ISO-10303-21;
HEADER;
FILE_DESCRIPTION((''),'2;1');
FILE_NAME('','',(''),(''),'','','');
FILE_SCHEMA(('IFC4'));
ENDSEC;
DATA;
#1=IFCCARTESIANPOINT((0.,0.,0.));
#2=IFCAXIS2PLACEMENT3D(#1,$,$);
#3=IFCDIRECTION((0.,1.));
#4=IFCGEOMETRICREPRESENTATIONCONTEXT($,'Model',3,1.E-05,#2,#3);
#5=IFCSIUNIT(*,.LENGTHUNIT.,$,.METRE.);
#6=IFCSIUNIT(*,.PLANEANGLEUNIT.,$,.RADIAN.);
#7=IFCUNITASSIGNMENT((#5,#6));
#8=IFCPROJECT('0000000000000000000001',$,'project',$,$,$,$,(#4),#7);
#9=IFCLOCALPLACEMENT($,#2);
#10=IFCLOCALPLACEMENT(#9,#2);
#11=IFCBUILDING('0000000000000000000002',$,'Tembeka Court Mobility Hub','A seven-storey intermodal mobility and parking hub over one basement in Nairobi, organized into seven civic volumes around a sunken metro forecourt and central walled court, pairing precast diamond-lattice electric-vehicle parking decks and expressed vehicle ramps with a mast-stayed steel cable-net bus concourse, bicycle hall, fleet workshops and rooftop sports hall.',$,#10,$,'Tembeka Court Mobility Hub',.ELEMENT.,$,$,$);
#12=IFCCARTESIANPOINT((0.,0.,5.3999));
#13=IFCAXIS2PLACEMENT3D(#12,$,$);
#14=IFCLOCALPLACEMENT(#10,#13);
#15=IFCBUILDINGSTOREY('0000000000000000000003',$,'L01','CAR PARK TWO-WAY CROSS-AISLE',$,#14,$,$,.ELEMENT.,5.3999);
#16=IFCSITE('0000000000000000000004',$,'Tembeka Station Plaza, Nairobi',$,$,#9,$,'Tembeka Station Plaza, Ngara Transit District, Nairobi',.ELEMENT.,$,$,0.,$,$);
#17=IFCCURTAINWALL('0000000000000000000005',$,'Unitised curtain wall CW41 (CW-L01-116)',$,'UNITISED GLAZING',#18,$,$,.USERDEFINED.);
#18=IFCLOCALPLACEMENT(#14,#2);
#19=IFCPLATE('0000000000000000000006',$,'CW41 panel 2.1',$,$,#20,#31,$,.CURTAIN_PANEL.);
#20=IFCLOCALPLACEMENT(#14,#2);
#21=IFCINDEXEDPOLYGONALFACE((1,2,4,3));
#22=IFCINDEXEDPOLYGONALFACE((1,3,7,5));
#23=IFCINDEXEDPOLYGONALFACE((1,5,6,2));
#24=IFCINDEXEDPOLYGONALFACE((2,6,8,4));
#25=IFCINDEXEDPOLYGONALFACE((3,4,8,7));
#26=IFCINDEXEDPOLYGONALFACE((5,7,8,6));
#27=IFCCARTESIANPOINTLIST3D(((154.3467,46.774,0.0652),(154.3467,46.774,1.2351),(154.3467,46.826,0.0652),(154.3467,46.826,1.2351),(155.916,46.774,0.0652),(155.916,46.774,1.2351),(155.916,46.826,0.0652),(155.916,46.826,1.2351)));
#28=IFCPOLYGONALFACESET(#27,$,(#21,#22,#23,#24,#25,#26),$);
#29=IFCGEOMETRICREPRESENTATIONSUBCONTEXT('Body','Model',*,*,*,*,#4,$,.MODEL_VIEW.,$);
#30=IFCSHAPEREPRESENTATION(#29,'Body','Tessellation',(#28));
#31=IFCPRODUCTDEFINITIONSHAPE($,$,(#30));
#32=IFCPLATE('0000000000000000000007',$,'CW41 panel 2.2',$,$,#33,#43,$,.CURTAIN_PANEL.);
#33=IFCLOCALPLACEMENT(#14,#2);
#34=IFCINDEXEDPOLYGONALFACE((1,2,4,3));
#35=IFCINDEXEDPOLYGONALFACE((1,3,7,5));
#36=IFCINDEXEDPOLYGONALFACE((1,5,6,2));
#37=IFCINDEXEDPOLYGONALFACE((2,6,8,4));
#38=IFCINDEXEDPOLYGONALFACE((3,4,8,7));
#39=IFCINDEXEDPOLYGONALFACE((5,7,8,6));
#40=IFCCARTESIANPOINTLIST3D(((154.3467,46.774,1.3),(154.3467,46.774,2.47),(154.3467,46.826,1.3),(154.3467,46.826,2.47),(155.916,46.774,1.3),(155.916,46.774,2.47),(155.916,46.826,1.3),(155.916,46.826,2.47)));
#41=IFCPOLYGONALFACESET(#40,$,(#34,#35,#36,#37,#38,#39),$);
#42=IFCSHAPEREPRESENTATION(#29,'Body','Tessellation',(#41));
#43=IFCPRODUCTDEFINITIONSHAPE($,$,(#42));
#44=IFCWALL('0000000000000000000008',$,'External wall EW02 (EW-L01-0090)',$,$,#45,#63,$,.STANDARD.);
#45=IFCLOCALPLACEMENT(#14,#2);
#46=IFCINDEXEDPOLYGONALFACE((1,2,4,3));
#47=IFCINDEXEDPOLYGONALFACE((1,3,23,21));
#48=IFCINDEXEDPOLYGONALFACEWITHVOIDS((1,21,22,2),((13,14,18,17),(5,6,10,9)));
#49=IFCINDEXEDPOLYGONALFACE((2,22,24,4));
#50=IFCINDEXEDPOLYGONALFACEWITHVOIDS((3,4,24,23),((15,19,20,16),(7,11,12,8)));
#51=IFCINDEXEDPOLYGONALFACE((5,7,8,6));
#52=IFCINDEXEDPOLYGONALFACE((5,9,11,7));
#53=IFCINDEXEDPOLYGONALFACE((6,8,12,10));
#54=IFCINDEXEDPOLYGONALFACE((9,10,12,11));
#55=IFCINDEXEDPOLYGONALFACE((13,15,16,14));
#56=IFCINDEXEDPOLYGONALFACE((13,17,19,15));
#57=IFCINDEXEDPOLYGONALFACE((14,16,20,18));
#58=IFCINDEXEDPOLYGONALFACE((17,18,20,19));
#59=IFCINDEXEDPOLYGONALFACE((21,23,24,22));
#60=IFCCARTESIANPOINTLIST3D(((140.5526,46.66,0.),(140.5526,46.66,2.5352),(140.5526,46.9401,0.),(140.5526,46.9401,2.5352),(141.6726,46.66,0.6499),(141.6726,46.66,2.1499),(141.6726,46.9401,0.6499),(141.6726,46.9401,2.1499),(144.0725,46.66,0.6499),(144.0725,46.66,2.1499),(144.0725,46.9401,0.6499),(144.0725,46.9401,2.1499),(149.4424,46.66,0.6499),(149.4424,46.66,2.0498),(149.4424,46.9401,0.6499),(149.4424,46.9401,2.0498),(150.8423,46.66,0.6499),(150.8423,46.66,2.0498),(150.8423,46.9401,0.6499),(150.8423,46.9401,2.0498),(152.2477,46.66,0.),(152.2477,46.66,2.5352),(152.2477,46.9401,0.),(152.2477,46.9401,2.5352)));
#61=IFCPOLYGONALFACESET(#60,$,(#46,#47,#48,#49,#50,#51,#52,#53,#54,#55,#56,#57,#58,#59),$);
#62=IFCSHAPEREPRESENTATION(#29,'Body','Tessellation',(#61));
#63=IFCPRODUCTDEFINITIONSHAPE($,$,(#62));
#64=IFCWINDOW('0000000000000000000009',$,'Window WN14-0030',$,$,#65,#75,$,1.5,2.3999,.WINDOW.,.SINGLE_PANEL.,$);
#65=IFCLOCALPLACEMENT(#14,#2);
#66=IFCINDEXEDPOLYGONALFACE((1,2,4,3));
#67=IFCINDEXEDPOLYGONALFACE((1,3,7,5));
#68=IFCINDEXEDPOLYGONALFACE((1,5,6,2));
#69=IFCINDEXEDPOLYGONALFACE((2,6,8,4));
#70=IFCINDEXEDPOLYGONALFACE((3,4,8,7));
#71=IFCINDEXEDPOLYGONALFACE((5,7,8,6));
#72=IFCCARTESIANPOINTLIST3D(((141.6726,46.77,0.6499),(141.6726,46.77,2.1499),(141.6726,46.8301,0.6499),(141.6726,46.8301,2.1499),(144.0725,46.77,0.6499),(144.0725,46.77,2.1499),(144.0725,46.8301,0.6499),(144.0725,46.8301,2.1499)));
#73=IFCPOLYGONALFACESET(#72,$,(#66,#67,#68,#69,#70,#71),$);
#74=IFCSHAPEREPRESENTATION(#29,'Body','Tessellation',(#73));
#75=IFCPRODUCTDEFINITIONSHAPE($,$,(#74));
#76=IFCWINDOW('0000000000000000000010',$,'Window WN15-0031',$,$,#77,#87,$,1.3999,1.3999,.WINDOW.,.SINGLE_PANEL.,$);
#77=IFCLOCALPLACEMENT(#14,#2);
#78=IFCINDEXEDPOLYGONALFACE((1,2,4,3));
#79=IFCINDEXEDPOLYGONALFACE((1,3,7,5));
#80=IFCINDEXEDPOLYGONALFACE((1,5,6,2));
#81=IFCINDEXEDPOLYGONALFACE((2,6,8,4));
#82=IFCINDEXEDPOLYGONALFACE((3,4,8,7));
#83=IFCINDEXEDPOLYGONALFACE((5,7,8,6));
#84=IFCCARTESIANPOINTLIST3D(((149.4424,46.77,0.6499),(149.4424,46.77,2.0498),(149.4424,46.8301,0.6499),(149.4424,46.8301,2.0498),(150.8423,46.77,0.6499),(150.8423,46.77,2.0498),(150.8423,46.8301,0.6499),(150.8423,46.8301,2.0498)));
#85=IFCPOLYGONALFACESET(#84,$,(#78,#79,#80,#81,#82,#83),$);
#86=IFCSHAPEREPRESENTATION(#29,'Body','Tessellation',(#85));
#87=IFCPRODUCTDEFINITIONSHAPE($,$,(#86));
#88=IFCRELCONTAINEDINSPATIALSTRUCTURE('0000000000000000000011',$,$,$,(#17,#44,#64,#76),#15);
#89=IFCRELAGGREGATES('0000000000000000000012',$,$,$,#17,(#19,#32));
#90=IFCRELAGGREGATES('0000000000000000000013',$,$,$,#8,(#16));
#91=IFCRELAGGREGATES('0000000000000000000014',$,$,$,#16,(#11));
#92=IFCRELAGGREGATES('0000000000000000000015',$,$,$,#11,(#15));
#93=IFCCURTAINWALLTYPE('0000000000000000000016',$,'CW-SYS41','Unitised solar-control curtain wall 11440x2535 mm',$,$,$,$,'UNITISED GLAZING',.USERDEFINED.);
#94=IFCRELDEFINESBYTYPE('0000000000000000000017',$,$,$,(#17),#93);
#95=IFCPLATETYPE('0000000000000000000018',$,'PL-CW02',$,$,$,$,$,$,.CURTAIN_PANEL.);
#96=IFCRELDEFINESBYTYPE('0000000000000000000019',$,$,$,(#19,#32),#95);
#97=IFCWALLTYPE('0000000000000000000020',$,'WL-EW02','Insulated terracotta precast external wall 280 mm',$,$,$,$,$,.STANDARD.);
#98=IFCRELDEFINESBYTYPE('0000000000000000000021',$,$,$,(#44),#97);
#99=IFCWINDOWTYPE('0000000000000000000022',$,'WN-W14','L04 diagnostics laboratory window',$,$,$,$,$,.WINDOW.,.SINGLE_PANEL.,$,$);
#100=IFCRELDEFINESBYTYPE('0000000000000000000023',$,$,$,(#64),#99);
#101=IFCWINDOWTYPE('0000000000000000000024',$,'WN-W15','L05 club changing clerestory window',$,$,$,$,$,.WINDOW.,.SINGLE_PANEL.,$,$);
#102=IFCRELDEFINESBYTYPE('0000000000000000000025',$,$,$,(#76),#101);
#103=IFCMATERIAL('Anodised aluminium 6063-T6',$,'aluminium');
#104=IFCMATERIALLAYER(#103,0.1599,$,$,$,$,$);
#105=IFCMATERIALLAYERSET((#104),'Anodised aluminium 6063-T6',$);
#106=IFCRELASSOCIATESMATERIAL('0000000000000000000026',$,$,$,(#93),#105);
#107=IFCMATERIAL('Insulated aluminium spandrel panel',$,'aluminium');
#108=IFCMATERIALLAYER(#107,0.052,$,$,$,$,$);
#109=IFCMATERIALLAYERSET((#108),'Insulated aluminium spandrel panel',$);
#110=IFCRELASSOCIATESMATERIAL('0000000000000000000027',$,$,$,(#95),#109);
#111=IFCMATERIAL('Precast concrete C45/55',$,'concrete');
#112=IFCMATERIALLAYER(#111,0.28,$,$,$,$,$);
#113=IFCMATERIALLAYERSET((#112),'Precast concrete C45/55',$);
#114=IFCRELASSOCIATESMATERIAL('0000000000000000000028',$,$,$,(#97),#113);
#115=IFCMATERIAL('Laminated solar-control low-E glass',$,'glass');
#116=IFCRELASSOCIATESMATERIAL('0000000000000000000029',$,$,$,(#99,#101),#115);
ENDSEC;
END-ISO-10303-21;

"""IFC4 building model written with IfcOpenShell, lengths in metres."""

from ifc_helpers import new_model, si_unit, direction, frame, frame_2d, origin, origin_2d, place, context, subcontext, project, spatial, rectangle, extrude, material, layer, layer_set, type_object, element, fill, aggregate, save


model = new_model("IFC4")

# Units and contexts
model_context = context("Model", 3, precision=1e-05, world=origin(), true_north=direction((0.0, 1.0)))
body_context = subcontext(model_context, "Body", "Model", "MODEL_VIEW")
ifc_project = project(units=[si_unit("LENGTHUNIT", "METRE"), si_unit("PLANEANGLEUNIT", "RADIAN")], contexts=[model_context])

# Site, building, storey
site_placement = place(None, origin())
site = spatial("IfcSite", under=ifc_project, at=site_placement, Name="Tembeka Station Plaza, Nairobi", LongName="Tembeka Station Plaza, Ngara Transit District, Nairobi", CompositionType="ELEMENT", RefElevation=0.0)
building_placement = place(site_placement, origin())
building = spatial("IfcBuilding", under=site, at=building_placement, Name="Tembeka Court Mobility Hub", Description="A seven-storey intermodal mobility and parking hub over one basement in Nairobi, organized into seven civic volumes around a sunken metro forecourt and central walled court, pairing precast diamond-lattice electric-vehicle parking decks and expressed vehicle ramps with a mast-stayed steel cable-net bus concourse, bicycle hall, fleet workshops and rooftop sports hall.", LongName="Tembeka Court Mobility Hub", CompositionType="ELEMENT")
storey_placement = place(building_placement, frame((0.0, 0.0, 5.3999)))
storey = spatial("IfcBuildingStorey", under=building, at=storey_placement, Name="L01", Description="CAR PARK TWO-WAY CROSS-AISLE", CompositionType="ELEMENT", Elevation=5.3999)

# Curtain wall
ifc_material_1 = material(Name="Anodised aluminium 6063-T6", Category="aluminium")
ifc_layer_1 = layer(ifc_material_1, 0.1599)
ifc_layer_set_1 = layer_set([ifc_layer_1], Name="Anodised aluminium 6063-T6")
curtain_wall_type = type_object("IfcCurtainWallType", Name="CW-SYS41", Description="Unitised solar-control curtain wall 11440x2535 mm", ElementType="UNITISED GLAZING", PredefinedType="USERDEFINED", material=ifc_layer_set_1)
curtain_wall_placement = place(storey_placement, origin())
curtain_wall = element("IfcCurtainWall", 1, at=curtain_wall_placement, inside=storey, type_object=curtain_wall_type, Name="Unitised curtain wall CW41 (CW-L01-116)", ObjectType="UNITISED GLAZING", PredefinedType="USERDEFINED")

# Plates
ifc_material_2 = material(Name="Insulated aluminium spandrel panel", Category="aluminium")
ifc_layer_2 = layer(ifc_material_2, 0.052)
ifc_layer_set_2 = layer_set([ifc_layer_2], Name="Insulated aluminium spandrel panel")
plate_type = type_object("IfcPlateType", Name="PL-CW02", PredefinedType="CURTAIN_PANEL", material=ifc_layer_set_2)
plate_1_placement = place(storey_placement, frame((155.1313, 46.8, 0.0652), z_axis=(0.0, 0.0, 1.0), x_axis=(1.0, 0.0, 0.0)))
plate_1 = element("IfcPlate", 2, at=plate_1_placement, type_object=plate_type, Name="CW41 panel 2.1", PredefinedType="CURTAIN_PANEL", context=body_context, shape_type="SweptSolid", body=[
    extrude(rectangle(XDim=1.5693, YDim=0.052, at=origin_2d()), origin(), (0.0, 0.0, 1.0), 1.1699),
])
plate_2_placement = place(storey_placement, frame((155.1313, 46.8, 1.3), z_axis=(0.0, 0.0, 1.0), x_axis=(1.0, 0.0, 0.0)))
plate_2 = element("IfcPlate", 3, at=plate_2_placement, type_object=plate_type, Name="CW41 panel 2.2", PredefinedType="CURTAIN_PANEL", context=body_context, shape_type="SweptSolid", body=[
    extrude(rectangle(XDim=1.5693, YDim=0.052, at=origin_2d()), origin(), (0.0, 0.0, 1.0), 1.1699),
])
aggregate(curtain_wall, [plate_1, plate_2])

# Wall, openings, windows
ifc_material_3 = material(Name="Precast concrete C45/55", Category="concrete")
ifc_layer_3 = layer(ifc_material_3, 0.28)
ifc_layer_set_3 = layer_set([ifc_layer_3], Name="Precast concrete C45/55")
wall_type = type_object("IfcWallType", Name="WL-EW02", Description="Insulated terracotta precast external wall 280 mm", PredefinedType="STANDARD", material=ifc_layer_set_3)
wall_placement = place(storey_placement, frame((140.5525, 46.8, 0.0), z_axis=(0.0, 0.0, 1.0), x_axis=(1.0, 0.0, 0.0)))
wall = element("IfcWall", 4, at=wall_placement, inside=storey, type_object=wall_type, Name="External wall EW02 (EW-L01-0090)", PredefinedType="STANDARD", context=body_context, shape_type="SweptSolid", body=[
    extrude(rectangle(XDim=11.6951, YDim=0.28, at=frame_2d((5.8477, 0.0))), origin(), (0.0, 0.0, 1.0), 2.5352),
])
opening_1_placement = place(wall_placement, frame((1.1201, 0.0, 0.6499)))
opening_1 = element("IfcOpeningElement", 5, at=opening_1_placement, cuts=wall, PredefinedType="OPENING", context=body_context, shape_type="SweptSolid", body=[
    extrude(rectangle(XDim=2.3999, YDim=1.5, at=frame_2d((1.2, 0.75))), frame((0.0, 0.1499, 0.0), z_axis=(0.0, -1.0, 0.0), x_axis=(1.0, 0.0, 0.0)), (0.0, 0.0, 1.0), 0.3),
])
opening_2_placement = place(wall_placement, frame((8.8899, 0.0, 0.6499)))
opening_2 = element("IfcOpeningElement", 6, at=opening_2_placement, cuts=wall, PredefinedType="OPENING", context=body_context, shape_type="SweptSolid", body=[
    extrude(rectangle(XDim=1.3999, YDim=1.3999, at=frame_2d((0.7, 0.7))), frame((0.0, 0.1499, 0.0), z_axis=(0.0, -1.0, 0.0), x_axis=(1.0, 0.0, 0.0)), (0.0, 0.0, 1.0), 0.3),
])
ifc_material_4 = material(Name="Laminated solar-control low-E glass", Category="glass")
window_type_1 = type_object("IfcWindowType", Name="WN-W14", Description="L04 diagnostics laboratory window", PartitioningType="SINGLE_PANEL", PredefinedType="WINDOW", material=ifc_material_4)
window_1_placement = place(opening_1_placement, origin())
window_1 = element("IfcWindow", 7, at=window_1_placement, inside=storey, type_object=window_type_1, Name="Window WN14-0030", OverallHeight=1.5, OverallWidth=2.3999, PartitioningType="SINGLE_PANEL", PredefinedType="WINDOW", context=body_context, shape_type="SweptSolid", body=[
    extrude(rectangle(XDim=2.3999, YDim=1.5, at=frame_2d((1.2, 0.75))), frame((0.0, 0.03, 0.0), z_axis=(0.0, -1.0, 0.0), x_axis=(1.0, 0.0, 0.0)), (0.0, 0.0, 1.0), 0.0601),
])
fill(opening_1, window_1)
window_type_2 = type_object("IfcWindowType", Name="WN-W15", Description="L05 club changing clerestory window", PartitioningType="SINGLE_PANEL", PredefinedType="WINDOW", material=ifc_material_4)
window_2_placement = place(opening_2_placement, origin())
window_2 = element("IfcWindow", 8, at=window_2_placement, inside=storey, type_object=window_type_2, Name="Window WN15-0031", OverallHeight=1.3999, OverallWidth=1.3999, PartitioningType="SINGLE_PANEL", PredefinedType="WINDOW", context=body_context, shape_type="SweptSolid", body=[
    extrude(rectangle(XDim=1.3999, YDim=1.3999, at=frame_2d((0.7, 0.7))), frame((0.0, 0.03, 0.0), z_axis=(0.0, -1.0, 0.0), x_axis=(1.0, 0.0, 0.0)), (0.0, 0.0, 1.0), 0.0601),
])
fill(opening_2, window_2)

save(model, "model.ifc")
